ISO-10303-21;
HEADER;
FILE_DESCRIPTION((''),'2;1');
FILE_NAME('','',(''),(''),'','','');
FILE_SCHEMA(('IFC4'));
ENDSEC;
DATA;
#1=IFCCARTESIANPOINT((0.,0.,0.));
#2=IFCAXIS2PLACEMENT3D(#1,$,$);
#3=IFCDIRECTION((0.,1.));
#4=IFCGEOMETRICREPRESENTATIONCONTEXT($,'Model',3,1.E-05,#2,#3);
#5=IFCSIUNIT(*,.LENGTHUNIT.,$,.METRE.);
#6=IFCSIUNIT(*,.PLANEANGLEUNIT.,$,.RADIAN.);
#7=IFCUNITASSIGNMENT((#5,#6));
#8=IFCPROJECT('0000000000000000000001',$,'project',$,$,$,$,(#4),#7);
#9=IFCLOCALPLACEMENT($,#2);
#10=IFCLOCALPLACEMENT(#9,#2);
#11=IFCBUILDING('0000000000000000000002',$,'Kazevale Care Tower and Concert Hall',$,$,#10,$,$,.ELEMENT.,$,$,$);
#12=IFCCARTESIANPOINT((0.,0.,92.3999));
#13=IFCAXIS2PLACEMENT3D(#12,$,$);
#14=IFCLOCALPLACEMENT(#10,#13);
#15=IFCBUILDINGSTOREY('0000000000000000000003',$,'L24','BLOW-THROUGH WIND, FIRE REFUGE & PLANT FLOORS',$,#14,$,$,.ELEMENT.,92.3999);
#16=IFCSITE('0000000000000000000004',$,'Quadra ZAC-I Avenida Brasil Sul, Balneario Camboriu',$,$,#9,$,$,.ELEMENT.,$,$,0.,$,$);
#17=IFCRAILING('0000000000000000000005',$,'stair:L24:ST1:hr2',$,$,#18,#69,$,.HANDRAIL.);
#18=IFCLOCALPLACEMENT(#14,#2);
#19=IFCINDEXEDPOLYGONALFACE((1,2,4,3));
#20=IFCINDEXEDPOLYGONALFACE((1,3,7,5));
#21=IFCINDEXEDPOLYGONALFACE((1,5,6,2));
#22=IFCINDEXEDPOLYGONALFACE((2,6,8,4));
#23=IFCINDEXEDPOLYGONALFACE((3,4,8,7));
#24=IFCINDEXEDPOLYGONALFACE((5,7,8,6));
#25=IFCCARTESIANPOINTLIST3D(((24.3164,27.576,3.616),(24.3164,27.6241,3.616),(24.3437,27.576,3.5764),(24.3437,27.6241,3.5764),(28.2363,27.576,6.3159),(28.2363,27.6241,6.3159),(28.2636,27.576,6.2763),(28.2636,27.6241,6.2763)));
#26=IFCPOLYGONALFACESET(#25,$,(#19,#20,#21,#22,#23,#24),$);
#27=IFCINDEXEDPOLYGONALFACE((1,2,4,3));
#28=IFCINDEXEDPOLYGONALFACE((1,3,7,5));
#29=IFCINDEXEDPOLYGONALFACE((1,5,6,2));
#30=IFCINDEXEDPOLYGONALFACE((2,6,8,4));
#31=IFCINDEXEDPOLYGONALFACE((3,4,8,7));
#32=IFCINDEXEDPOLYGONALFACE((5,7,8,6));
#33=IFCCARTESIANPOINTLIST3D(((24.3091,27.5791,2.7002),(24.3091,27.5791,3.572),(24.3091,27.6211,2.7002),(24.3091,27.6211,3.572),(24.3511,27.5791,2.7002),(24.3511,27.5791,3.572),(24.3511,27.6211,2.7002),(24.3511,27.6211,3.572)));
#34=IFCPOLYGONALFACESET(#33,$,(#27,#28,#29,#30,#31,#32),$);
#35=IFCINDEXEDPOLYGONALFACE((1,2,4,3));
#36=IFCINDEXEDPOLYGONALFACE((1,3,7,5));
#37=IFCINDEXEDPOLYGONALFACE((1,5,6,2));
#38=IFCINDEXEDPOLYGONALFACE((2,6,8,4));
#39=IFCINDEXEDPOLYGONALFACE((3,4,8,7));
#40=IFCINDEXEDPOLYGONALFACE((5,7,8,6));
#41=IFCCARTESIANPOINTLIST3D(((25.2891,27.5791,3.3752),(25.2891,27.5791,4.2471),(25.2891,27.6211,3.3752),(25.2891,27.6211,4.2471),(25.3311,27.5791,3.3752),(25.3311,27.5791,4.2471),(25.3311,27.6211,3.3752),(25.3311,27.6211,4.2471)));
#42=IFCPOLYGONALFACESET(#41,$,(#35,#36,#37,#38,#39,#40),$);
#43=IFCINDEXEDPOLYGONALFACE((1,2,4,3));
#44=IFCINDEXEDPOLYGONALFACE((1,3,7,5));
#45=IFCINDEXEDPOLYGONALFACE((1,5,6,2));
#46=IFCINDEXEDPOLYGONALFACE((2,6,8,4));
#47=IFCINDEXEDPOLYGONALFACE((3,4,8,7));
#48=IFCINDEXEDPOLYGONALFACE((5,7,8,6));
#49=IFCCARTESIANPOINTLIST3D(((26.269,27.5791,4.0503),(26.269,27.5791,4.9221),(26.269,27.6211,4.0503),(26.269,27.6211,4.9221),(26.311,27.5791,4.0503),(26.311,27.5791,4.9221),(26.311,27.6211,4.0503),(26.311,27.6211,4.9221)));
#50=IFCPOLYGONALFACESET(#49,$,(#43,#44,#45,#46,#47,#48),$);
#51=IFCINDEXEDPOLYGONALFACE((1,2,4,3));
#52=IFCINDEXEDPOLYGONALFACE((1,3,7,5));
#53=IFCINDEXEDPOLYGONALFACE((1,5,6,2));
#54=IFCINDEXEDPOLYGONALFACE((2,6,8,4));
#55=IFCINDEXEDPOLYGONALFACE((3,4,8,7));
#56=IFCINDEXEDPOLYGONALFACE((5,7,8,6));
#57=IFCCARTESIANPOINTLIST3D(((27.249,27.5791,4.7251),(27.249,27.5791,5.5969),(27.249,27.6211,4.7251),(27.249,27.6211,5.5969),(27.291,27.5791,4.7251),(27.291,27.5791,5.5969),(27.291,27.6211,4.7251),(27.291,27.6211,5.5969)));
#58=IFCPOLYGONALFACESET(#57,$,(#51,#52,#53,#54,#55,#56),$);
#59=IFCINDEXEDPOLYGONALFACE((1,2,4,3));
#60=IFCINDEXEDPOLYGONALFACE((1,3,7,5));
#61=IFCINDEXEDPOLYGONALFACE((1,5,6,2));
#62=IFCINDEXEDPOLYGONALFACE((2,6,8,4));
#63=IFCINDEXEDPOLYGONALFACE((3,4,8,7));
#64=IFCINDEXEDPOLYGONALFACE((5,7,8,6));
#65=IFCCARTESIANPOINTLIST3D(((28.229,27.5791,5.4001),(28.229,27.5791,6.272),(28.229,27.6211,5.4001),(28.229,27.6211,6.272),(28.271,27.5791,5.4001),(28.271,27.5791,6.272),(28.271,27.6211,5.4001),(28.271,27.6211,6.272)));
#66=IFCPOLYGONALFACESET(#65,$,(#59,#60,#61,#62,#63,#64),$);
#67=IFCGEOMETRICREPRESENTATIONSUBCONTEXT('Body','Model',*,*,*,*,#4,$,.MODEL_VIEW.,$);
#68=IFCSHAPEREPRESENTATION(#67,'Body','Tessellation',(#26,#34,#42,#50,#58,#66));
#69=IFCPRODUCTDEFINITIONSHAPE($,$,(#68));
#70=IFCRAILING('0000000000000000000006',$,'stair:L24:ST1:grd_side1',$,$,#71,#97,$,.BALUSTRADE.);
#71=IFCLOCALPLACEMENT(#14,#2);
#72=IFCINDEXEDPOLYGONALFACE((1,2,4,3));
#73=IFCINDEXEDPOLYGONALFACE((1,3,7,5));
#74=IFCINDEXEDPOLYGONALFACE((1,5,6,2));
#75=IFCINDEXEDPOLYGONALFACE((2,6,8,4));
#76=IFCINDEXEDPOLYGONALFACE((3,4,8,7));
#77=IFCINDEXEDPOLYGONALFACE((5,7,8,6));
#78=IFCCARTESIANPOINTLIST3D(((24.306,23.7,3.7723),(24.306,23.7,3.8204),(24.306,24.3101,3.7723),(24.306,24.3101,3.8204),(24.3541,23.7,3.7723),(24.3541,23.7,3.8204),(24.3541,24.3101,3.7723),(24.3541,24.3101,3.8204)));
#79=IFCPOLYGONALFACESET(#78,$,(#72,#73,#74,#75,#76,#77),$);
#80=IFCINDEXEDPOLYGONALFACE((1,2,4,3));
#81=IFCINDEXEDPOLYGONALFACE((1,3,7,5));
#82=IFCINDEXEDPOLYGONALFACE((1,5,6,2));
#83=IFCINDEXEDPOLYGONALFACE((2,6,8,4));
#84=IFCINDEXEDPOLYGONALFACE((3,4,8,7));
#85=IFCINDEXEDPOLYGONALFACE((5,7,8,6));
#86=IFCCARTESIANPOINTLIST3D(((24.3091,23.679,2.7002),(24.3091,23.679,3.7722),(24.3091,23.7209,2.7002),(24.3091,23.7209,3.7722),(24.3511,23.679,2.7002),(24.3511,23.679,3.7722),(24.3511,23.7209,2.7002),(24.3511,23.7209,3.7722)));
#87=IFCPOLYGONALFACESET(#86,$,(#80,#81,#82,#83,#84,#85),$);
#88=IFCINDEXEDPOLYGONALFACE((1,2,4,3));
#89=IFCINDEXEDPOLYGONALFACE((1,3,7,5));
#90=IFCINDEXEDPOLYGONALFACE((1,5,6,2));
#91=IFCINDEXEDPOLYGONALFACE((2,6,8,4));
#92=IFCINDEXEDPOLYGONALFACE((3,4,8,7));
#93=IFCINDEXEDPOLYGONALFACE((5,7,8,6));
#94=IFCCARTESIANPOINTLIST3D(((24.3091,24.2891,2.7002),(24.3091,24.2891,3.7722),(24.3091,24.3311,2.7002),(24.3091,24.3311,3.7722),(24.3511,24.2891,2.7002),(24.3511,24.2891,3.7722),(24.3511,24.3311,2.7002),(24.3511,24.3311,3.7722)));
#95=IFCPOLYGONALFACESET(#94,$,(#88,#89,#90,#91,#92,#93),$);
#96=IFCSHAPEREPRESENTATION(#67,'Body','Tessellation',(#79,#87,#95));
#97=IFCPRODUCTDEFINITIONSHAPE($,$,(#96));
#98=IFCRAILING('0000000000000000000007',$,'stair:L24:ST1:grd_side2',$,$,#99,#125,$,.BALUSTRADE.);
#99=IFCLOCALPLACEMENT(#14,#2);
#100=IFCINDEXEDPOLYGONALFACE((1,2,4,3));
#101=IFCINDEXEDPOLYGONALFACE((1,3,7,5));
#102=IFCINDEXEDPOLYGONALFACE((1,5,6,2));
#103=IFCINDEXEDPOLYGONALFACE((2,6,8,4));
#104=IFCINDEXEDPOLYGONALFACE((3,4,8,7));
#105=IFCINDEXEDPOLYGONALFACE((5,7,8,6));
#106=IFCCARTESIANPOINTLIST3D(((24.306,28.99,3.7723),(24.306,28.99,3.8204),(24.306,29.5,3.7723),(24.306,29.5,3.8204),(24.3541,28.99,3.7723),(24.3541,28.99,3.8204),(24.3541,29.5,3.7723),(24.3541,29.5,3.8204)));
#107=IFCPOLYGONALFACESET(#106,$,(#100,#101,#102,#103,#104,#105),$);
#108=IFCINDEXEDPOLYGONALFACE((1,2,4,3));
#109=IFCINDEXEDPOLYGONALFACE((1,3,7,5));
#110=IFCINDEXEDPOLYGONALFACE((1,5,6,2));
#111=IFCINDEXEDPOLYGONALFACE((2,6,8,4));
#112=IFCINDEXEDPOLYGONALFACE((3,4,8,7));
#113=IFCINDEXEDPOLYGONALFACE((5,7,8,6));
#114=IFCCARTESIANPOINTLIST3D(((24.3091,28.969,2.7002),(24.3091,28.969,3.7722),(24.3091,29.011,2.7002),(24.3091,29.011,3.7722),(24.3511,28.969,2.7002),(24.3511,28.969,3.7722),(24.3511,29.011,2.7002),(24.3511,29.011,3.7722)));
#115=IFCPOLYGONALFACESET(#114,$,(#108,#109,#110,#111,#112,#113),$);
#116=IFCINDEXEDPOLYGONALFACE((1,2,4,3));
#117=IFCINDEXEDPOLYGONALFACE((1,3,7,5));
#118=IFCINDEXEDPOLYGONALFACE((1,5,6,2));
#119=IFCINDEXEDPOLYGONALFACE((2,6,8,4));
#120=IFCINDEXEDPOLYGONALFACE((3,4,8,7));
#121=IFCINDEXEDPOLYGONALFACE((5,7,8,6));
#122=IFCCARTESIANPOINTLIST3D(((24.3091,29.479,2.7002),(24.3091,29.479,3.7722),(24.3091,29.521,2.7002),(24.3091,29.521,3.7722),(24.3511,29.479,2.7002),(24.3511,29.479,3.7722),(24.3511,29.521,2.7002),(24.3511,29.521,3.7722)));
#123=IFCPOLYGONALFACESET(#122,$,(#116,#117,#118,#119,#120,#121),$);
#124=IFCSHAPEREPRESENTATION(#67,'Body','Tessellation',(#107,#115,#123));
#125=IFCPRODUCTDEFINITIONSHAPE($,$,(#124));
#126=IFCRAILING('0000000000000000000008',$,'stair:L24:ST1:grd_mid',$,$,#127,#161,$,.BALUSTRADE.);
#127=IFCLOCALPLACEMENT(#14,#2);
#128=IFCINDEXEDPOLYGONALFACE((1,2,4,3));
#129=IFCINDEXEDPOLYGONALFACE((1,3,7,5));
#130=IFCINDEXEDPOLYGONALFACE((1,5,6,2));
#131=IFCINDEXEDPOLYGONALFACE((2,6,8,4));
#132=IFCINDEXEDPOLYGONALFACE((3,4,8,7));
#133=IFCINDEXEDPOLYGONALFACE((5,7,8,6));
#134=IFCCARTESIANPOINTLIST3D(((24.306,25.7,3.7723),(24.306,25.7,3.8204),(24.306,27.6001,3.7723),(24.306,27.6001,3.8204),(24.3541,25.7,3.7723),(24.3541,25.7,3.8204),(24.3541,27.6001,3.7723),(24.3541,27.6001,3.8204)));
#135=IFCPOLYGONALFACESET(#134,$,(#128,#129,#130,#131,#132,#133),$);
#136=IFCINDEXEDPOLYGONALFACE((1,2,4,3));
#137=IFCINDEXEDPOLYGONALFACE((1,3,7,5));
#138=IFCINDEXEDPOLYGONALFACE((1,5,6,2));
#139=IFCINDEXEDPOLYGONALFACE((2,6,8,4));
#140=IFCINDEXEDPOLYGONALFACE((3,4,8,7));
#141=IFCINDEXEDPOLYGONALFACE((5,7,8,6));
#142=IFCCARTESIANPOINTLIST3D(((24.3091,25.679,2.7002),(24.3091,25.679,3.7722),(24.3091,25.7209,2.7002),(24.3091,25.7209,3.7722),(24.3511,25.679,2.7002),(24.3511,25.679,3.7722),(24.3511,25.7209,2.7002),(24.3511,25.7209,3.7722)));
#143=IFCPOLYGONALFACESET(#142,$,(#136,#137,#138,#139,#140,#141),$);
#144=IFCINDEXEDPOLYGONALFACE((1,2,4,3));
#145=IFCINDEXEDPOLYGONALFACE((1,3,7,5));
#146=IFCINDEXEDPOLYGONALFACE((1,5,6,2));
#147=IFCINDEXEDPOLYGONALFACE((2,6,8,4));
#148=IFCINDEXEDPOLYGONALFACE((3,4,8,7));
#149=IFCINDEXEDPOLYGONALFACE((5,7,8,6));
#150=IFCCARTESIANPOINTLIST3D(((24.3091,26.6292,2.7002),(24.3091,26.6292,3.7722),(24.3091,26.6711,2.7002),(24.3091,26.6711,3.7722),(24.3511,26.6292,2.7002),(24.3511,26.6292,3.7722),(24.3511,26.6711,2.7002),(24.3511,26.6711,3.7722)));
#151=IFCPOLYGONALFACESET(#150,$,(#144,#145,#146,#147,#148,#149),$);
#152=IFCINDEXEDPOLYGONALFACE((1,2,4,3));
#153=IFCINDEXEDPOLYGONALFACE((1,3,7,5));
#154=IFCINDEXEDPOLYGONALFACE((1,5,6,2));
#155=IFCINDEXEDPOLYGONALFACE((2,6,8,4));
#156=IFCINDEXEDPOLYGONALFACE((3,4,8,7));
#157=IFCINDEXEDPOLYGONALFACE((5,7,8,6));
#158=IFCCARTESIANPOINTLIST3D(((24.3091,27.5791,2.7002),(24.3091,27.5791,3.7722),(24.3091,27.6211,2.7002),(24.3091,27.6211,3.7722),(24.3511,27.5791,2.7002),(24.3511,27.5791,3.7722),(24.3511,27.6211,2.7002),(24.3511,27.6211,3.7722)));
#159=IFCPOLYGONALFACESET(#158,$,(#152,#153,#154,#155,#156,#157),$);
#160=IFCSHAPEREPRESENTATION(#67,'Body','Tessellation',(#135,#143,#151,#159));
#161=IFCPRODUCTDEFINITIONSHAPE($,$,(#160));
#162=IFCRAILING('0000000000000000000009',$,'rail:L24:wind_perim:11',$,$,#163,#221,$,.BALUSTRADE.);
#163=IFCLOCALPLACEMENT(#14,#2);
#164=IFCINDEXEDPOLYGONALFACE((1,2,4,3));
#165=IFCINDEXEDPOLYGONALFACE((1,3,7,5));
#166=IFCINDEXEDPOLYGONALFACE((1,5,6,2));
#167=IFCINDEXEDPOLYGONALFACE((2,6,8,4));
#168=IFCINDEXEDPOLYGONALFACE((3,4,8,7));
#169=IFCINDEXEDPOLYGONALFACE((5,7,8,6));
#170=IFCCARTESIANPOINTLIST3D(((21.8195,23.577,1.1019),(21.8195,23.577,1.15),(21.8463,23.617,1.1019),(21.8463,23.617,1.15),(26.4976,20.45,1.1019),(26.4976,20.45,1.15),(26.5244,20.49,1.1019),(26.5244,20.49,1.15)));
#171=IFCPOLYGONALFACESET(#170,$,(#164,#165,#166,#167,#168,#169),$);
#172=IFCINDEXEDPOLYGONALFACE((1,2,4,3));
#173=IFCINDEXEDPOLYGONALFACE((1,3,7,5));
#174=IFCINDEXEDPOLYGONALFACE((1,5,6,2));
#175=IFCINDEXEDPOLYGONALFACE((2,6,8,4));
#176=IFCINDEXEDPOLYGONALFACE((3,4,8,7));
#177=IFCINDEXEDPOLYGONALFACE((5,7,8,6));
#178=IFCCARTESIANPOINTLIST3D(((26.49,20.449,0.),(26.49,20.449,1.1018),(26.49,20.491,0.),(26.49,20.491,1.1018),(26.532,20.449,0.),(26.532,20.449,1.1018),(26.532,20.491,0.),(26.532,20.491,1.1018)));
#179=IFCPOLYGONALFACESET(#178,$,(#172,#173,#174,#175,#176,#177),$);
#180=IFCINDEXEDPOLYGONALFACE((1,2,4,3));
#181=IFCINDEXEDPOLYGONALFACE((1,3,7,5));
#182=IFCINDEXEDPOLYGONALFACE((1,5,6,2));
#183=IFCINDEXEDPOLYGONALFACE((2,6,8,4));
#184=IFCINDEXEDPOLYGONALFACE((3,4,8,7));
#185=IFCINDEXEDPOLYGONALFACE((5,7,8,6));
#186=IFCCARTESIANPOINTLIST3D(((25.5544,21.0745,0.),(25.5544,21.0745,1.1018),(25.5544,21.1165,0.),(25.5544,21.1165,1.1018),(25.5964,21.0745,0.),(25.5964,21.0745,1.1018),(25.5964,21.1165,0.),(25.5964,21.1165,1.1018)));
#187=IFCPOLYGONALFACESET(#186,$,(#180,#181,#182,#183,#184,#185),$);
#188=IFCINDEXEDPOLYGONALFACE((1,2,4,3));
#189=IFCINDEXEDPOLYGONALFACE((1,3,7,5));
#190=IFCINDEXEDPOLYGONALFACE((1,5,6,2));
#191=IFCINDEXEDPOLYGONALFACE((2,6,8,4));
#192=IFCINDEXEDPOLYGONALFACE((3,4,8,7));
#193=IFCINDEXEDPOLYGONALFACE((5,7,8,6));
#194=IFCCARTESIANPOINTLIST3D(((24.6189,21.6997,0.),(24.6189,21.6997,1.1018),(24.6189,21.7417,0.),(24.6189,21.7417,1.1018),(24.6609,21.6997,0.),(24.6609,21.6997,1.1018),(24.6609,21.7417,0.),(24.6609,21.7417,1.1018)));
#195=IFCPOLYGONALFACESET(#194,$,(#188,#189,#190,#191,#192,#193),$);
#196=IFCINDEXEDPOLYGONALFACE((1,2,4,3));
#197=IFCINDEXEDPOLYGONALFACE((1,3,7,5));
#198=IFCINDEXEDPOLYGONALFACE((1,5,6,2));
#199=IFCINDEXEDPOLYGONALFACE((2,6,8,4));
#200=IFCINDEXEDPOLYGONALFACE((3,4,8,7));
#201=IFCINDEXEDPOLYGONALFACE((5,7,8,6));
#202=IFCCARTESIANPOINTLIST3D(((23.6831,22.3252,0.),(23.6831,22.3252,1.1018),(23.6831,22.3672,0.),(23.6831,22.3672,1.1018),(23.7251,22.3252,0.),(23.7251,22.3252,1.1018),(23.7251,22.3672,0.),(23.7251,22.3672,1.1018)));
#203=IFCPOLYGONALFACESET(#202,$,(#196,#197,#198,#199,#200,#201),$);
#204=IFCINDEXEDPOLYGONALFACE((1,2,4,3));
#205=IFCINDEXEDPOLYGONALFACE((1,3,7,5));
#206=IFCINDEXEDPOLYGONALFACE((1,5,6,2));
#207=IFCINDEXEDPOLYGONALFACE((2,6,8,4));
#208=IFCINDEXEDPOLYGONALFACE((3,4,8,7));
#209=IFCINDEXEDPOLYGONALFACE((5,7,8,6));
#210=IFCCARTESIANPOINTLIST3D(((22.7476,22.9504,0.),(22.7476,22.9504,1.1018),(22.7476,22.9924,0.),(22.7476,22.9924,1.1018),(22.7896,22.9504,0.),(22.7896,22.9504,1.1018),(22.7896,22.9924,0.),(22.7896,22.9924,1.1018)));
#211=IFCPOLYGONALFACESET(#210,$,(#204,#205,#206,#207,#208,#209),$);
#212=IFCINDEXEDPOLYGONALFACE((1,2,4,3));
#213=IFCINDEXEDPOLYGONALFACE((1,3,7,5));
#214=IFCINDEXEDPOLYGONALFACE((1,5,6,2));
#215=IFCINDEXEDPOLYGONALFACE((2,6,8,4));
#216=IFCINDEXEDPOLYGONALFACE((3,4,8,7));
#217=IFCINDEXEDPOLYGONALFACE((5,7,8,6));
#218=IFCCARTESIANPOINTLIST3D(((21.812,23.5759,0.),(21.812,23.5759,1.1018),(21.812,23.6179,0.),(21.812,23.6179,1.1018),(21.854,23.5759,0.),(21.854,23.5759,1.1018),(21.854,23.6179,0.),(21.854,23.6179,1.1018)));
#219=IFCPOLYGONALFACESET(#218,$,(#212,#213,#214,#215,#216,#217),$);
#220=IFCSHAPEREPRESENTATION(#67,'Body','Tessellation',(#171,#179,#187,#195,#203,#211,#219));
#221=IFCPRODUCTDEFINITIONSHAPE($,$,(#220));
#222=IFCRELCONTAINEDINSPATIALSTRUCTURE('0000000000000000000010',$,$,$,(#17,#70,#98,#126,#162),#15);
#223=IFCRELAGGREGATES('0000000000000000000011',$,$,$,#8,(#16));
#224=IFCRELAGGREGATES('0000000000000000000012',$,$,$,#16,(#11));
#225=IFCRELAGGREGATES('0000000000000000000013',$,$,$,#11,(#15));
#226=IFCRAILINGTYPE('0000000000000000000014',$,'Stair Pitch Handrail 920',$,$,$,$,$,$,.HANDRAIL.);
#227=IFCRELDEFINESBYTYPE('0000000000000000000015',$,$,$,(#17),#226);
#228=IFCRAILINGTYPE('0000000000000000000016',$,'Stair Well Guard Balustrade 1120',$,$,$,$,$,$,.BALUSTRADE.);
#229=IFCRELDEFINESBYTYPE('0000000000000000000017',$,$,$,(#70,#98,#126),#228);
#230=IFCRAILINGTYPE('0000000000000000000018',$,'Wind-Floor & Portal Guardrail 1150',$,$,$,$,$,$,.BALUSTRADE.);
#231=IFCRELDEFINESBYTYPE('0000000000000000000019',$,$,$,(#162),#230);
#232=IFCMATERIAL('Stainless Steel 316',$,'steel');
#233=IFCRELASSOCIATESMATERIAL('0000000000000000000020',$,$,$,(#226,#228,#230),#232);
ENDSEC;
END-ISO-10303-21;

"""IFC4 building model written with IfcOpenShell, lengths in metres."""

from ifc_helpers import new_model, si_unit, direction, frame, origin, origin_2d, place, context, subcontext, project, spatial, rectangle, extrude, material, type_object, element, save


model = new_model("IFC4")

# Units and contexts
model_context = context("Model", 3, precision=1e-05, world=origin(), true_north=direction((0.0, 1.0)))
body_context = subcontext(model_context, "Body", "Model", "MODEL_VIEW")
ifc_project = project(units=[si_unit("LENGTHUNIT", "METRE"), si_unit("PLANEANGLEUNIT", "RADIAN")], contexts=[model_context])

# Site, building, storey
site_placement = place(None, origin())
site = spatial("IfcSite", under=ifc_project, at=site_placement, Name="Quadra ZAC-I Avenida Brasil Sul, Balneario Camboriu", CompositionType="ELEMENT", RefElevation=0.0)
building_placement = place(site_placement, origin())
building = spatial("IfcBuilding", under=site, at=building_placement, Name="Kazevale Care Tower and Concert Hall", CompositionType="ELEMENT")
storey_placement = place(building_placement, frame((0.0, 0.0, 92.3999)))
storey = spatial("IfcBuildingStorey", under=building, at=storey_placement, Name="L24", Description="BLOW-THROUGH WIND, FIRE REFUGE & PLANT FLOORS", CompositionType="ELEMENT", Elevation=92.3999)

# Railings
ifc_material_1 = material(Name="Stainless Steel 316", Category="steel")
railing_type_1 = type_object("IfcRailingType", Name="Stair Pitch Handrail 920", PredefinedType="HANDRAIL", material=ifc_material_1)
railing_1_placement = place(storey_placement, frame((24.3301, 27.6001, 2.7002)))
element("IfcRailing", 1, at=railing_1_placement, inside=storey, type_object=railing_type_1, Name="stair:L24:ST1:hr2", PredefinedType="HANDRAIL", context=body_context, shape_type="SweptSolid", body=[
    extrude(rectangle(XDim=0.0481, YDim=0.0481, at=origin_2d()), frame((0.0, 0.0, 0.896), z_axis=(0.823551, 0.0, 0.567243), x_axis=(0.0, 1.0, 0.0)), (0.0, 0.0, 1.0), 4.7598),
    extrude(rectangle(XDim=0.042, YDim=0.042, at=origin_2d()), origin(), (0.0, 0.0, 1.0), 0.8718),
    extrude(rectangle(XDim=0.042, YDim=0.042, at=origin_2d()), frame((0.98, 0.0, 0.675)), (0.0, 0.0, 1.0), 0.8718),
    extrude(rectangle(XDim=0.042, YDim=0.042, at=origin_2d()), frame((1.96, 0.0, 1.3501)), (0.0, 0.0, 1.0), 0.8718),
    extrude(rectangle(XDim=0.042, YDim=0.042, at=origin_2d()), frame((2.9399, 0.0, 2.0249)), (0.0, 0.0, 1.0), 0.8718),
    extrude(rectangle(XDim=0.042, YDim=0.042, at=origin_2d()), frame((3.9199, 0.0, 2.7)), (0.0, 0.0, 1.0), 0.8718),
])
railing_type_2 = type_object("IfcRailingType", Name="Stair Well Guard Balustrade 1120", PredefinedType="BALUSTRADE", material=ifc_material_1)
railing_2_placement = place(storey_placement, frame((24.3301, 23.7, 2.7002)))
element("IfcRailing", 2, at=railing_2_placement, inside=storey, type_object=railing_type_2, Name="stair:L24:ST1:grd_side1", PredefinedType="BALUSTRADE", context=body_context, shape_type="SweptSolid", body=[
    extrude(rectangle(XDim=0.0481, YDim=0.0481, at=origin_2d()), frame((0.0, 0.0, 1.0962), z_axis=(0.0, 1.0, 0.0), x_axis=(-1.0, 0.0, 0.0)), (0.0, 0.0, 1.0), 0.6101),
    extrude(rectangle(XDim=0.042, YDim=0.042, at=origin_2d()), origin(), (0.0, 0.0, 1.0), 1.072),
    extrude(rectangle(XDim=0.042, YDim=0.042, at=origin_2d()), frame((0.0, 0.6101, 0.0)), (0.0, 0.0, 1.0), 1.072),
])
railing_3_placement = place(storey_placement, frame((24.3301, 28.99, 2.7002)))
element("IfcRailing", 3, at=railing_3_placement, inside=storey, type_object=railing_type_2, Name="stair:L24:ST1:grd_side2", PredefinedType="BALUSTRADE", context=body_context, shape_type="SweptSolid", body=[
    extrude(rectangle(XDim=0.0481, YDim=0.0481, at=origin_2d()), frame((0.0, 0.0, 1.0962), z_axis=(0.0, 1.0, 0.0), x_axis=(-1.0, 0.0, 0.0)), (0.0, 0.0, 1.0), 0.51),
    extrude(rectangle(XDim=0.042, YDim=0.042, at=origin_2d()), origin(), (0.0, 0.0, 1.0), 1.072),
    extrude(rectangle(XDim=0.042, YDim=0.042, at=origin_2d()), frame((0.0, 0.51, 0.0)), (0.0, 0.0, 1.0), 1.072),
])
railing_4_placement = place(storey_placement, frame((24.3301, 25.7, 2.7002)))
element("IfcRailing", 4, at=railing_4_placement, inside=storey, type_object=railing_type_2, Name="stair:L24:ST1:grd_mid", PredefinedType="BALUSTRADE", context=body_context, shape_type="SweptSolid", body=[
    extrude(rectangle(XDim=0.0481, YDim=0.0481, at=origin_2d()), frame((0.0, 0.0, 1.0962), z_axis=(0.0, 1.0, 0.0), x_axis=(-1.0, 0.0, 0.0)), (0.0, 0.0, 1.0), 1.9001),
    extrude(rectangle(XDim=0.042, YDim=0.042, at=origin_2d()), origin(), (0.0, 0.0, 1.0), 1.072),
    extrude(rectangle(XDim=0.042, YDim=0.042, at=origin_2d()), frame((0.0, 0.9502, 0.0)), (0.0, 0.0, 1.0), 1.072),
    extrude(rectangle(XDim=0.042, YDim=0.042, at=origin_2d()), frame((0.0, 1.9001, 0.0)), (0.0, 0.0, 1.0), 1.072),
])
railing_type_3 = type_object("IfcRailingType", Name="Wind-Floor & Portal Guardrail 1150", PredefinedType="BALUSTRADE", material=ifc_material_1)
railing_5_placement = place(storey_placement, frame((26.511, 20.47, 0.0)))
element("IfcRailing", 5, at=railing_5_placement, inside=storey, type_object=railing_type_3, Name="rail:L24:wind_perim:11", PredefinedType="BALUSTRADE", context=body_context, shape_type="SweptSolid", body=[
    extrude(rectangle(XDim=0.0481, YDim=0.0481, at=origin_2d()), frame((0.0, 0.0, 1.126), z_axis=(-0.831369, 0.555721, 0.0), x_axis=(-0.555721, -0.831369, 0.0)), (0.0, 0.0, 1.0), 5.627),
    extrude(rectangle(XDim=0.042, YDim=0.042, at=origin_2d()), origin(), (0.0, 0.0, 1.0), 1.1018),
    extrude(rectangle(XDim=0.042, YDim=0.042, at=origin_2d()), frame((-0.9355, 0.6255, 0.0)), (0.0, 0.0, 1.0), 1.1018),
    extrude(rectangle(XDim=0.042, YDim=0.042, at=origin_2d()), frame((-1.8711, 1.2507, 0.0)), (0.0, 0.0, 1.0), 1.1018),
    extrude(rectangle(XDim=0.042, YDim=0.042, at=origin_2d()), frame((-2.8069, 1.8762, 0.0)), (0.0, 0.0, 1.0), 1.1018),
    extrude(rectangle(XDim=0.042, YDim=0.042, at=origin_2d()), frame((-3.7424, 2.5015, 0.0)), (0.0, 0.0, 1.0), 1.1018),
    extrude(rectangle(XDim=0.042, YDim=0.042, at=origin_2d()), frame((-4.678, 3.127, 0.0)), (0.0, 0.0, 1.0), 1.1018),
])

save(model, "model.ifc")
